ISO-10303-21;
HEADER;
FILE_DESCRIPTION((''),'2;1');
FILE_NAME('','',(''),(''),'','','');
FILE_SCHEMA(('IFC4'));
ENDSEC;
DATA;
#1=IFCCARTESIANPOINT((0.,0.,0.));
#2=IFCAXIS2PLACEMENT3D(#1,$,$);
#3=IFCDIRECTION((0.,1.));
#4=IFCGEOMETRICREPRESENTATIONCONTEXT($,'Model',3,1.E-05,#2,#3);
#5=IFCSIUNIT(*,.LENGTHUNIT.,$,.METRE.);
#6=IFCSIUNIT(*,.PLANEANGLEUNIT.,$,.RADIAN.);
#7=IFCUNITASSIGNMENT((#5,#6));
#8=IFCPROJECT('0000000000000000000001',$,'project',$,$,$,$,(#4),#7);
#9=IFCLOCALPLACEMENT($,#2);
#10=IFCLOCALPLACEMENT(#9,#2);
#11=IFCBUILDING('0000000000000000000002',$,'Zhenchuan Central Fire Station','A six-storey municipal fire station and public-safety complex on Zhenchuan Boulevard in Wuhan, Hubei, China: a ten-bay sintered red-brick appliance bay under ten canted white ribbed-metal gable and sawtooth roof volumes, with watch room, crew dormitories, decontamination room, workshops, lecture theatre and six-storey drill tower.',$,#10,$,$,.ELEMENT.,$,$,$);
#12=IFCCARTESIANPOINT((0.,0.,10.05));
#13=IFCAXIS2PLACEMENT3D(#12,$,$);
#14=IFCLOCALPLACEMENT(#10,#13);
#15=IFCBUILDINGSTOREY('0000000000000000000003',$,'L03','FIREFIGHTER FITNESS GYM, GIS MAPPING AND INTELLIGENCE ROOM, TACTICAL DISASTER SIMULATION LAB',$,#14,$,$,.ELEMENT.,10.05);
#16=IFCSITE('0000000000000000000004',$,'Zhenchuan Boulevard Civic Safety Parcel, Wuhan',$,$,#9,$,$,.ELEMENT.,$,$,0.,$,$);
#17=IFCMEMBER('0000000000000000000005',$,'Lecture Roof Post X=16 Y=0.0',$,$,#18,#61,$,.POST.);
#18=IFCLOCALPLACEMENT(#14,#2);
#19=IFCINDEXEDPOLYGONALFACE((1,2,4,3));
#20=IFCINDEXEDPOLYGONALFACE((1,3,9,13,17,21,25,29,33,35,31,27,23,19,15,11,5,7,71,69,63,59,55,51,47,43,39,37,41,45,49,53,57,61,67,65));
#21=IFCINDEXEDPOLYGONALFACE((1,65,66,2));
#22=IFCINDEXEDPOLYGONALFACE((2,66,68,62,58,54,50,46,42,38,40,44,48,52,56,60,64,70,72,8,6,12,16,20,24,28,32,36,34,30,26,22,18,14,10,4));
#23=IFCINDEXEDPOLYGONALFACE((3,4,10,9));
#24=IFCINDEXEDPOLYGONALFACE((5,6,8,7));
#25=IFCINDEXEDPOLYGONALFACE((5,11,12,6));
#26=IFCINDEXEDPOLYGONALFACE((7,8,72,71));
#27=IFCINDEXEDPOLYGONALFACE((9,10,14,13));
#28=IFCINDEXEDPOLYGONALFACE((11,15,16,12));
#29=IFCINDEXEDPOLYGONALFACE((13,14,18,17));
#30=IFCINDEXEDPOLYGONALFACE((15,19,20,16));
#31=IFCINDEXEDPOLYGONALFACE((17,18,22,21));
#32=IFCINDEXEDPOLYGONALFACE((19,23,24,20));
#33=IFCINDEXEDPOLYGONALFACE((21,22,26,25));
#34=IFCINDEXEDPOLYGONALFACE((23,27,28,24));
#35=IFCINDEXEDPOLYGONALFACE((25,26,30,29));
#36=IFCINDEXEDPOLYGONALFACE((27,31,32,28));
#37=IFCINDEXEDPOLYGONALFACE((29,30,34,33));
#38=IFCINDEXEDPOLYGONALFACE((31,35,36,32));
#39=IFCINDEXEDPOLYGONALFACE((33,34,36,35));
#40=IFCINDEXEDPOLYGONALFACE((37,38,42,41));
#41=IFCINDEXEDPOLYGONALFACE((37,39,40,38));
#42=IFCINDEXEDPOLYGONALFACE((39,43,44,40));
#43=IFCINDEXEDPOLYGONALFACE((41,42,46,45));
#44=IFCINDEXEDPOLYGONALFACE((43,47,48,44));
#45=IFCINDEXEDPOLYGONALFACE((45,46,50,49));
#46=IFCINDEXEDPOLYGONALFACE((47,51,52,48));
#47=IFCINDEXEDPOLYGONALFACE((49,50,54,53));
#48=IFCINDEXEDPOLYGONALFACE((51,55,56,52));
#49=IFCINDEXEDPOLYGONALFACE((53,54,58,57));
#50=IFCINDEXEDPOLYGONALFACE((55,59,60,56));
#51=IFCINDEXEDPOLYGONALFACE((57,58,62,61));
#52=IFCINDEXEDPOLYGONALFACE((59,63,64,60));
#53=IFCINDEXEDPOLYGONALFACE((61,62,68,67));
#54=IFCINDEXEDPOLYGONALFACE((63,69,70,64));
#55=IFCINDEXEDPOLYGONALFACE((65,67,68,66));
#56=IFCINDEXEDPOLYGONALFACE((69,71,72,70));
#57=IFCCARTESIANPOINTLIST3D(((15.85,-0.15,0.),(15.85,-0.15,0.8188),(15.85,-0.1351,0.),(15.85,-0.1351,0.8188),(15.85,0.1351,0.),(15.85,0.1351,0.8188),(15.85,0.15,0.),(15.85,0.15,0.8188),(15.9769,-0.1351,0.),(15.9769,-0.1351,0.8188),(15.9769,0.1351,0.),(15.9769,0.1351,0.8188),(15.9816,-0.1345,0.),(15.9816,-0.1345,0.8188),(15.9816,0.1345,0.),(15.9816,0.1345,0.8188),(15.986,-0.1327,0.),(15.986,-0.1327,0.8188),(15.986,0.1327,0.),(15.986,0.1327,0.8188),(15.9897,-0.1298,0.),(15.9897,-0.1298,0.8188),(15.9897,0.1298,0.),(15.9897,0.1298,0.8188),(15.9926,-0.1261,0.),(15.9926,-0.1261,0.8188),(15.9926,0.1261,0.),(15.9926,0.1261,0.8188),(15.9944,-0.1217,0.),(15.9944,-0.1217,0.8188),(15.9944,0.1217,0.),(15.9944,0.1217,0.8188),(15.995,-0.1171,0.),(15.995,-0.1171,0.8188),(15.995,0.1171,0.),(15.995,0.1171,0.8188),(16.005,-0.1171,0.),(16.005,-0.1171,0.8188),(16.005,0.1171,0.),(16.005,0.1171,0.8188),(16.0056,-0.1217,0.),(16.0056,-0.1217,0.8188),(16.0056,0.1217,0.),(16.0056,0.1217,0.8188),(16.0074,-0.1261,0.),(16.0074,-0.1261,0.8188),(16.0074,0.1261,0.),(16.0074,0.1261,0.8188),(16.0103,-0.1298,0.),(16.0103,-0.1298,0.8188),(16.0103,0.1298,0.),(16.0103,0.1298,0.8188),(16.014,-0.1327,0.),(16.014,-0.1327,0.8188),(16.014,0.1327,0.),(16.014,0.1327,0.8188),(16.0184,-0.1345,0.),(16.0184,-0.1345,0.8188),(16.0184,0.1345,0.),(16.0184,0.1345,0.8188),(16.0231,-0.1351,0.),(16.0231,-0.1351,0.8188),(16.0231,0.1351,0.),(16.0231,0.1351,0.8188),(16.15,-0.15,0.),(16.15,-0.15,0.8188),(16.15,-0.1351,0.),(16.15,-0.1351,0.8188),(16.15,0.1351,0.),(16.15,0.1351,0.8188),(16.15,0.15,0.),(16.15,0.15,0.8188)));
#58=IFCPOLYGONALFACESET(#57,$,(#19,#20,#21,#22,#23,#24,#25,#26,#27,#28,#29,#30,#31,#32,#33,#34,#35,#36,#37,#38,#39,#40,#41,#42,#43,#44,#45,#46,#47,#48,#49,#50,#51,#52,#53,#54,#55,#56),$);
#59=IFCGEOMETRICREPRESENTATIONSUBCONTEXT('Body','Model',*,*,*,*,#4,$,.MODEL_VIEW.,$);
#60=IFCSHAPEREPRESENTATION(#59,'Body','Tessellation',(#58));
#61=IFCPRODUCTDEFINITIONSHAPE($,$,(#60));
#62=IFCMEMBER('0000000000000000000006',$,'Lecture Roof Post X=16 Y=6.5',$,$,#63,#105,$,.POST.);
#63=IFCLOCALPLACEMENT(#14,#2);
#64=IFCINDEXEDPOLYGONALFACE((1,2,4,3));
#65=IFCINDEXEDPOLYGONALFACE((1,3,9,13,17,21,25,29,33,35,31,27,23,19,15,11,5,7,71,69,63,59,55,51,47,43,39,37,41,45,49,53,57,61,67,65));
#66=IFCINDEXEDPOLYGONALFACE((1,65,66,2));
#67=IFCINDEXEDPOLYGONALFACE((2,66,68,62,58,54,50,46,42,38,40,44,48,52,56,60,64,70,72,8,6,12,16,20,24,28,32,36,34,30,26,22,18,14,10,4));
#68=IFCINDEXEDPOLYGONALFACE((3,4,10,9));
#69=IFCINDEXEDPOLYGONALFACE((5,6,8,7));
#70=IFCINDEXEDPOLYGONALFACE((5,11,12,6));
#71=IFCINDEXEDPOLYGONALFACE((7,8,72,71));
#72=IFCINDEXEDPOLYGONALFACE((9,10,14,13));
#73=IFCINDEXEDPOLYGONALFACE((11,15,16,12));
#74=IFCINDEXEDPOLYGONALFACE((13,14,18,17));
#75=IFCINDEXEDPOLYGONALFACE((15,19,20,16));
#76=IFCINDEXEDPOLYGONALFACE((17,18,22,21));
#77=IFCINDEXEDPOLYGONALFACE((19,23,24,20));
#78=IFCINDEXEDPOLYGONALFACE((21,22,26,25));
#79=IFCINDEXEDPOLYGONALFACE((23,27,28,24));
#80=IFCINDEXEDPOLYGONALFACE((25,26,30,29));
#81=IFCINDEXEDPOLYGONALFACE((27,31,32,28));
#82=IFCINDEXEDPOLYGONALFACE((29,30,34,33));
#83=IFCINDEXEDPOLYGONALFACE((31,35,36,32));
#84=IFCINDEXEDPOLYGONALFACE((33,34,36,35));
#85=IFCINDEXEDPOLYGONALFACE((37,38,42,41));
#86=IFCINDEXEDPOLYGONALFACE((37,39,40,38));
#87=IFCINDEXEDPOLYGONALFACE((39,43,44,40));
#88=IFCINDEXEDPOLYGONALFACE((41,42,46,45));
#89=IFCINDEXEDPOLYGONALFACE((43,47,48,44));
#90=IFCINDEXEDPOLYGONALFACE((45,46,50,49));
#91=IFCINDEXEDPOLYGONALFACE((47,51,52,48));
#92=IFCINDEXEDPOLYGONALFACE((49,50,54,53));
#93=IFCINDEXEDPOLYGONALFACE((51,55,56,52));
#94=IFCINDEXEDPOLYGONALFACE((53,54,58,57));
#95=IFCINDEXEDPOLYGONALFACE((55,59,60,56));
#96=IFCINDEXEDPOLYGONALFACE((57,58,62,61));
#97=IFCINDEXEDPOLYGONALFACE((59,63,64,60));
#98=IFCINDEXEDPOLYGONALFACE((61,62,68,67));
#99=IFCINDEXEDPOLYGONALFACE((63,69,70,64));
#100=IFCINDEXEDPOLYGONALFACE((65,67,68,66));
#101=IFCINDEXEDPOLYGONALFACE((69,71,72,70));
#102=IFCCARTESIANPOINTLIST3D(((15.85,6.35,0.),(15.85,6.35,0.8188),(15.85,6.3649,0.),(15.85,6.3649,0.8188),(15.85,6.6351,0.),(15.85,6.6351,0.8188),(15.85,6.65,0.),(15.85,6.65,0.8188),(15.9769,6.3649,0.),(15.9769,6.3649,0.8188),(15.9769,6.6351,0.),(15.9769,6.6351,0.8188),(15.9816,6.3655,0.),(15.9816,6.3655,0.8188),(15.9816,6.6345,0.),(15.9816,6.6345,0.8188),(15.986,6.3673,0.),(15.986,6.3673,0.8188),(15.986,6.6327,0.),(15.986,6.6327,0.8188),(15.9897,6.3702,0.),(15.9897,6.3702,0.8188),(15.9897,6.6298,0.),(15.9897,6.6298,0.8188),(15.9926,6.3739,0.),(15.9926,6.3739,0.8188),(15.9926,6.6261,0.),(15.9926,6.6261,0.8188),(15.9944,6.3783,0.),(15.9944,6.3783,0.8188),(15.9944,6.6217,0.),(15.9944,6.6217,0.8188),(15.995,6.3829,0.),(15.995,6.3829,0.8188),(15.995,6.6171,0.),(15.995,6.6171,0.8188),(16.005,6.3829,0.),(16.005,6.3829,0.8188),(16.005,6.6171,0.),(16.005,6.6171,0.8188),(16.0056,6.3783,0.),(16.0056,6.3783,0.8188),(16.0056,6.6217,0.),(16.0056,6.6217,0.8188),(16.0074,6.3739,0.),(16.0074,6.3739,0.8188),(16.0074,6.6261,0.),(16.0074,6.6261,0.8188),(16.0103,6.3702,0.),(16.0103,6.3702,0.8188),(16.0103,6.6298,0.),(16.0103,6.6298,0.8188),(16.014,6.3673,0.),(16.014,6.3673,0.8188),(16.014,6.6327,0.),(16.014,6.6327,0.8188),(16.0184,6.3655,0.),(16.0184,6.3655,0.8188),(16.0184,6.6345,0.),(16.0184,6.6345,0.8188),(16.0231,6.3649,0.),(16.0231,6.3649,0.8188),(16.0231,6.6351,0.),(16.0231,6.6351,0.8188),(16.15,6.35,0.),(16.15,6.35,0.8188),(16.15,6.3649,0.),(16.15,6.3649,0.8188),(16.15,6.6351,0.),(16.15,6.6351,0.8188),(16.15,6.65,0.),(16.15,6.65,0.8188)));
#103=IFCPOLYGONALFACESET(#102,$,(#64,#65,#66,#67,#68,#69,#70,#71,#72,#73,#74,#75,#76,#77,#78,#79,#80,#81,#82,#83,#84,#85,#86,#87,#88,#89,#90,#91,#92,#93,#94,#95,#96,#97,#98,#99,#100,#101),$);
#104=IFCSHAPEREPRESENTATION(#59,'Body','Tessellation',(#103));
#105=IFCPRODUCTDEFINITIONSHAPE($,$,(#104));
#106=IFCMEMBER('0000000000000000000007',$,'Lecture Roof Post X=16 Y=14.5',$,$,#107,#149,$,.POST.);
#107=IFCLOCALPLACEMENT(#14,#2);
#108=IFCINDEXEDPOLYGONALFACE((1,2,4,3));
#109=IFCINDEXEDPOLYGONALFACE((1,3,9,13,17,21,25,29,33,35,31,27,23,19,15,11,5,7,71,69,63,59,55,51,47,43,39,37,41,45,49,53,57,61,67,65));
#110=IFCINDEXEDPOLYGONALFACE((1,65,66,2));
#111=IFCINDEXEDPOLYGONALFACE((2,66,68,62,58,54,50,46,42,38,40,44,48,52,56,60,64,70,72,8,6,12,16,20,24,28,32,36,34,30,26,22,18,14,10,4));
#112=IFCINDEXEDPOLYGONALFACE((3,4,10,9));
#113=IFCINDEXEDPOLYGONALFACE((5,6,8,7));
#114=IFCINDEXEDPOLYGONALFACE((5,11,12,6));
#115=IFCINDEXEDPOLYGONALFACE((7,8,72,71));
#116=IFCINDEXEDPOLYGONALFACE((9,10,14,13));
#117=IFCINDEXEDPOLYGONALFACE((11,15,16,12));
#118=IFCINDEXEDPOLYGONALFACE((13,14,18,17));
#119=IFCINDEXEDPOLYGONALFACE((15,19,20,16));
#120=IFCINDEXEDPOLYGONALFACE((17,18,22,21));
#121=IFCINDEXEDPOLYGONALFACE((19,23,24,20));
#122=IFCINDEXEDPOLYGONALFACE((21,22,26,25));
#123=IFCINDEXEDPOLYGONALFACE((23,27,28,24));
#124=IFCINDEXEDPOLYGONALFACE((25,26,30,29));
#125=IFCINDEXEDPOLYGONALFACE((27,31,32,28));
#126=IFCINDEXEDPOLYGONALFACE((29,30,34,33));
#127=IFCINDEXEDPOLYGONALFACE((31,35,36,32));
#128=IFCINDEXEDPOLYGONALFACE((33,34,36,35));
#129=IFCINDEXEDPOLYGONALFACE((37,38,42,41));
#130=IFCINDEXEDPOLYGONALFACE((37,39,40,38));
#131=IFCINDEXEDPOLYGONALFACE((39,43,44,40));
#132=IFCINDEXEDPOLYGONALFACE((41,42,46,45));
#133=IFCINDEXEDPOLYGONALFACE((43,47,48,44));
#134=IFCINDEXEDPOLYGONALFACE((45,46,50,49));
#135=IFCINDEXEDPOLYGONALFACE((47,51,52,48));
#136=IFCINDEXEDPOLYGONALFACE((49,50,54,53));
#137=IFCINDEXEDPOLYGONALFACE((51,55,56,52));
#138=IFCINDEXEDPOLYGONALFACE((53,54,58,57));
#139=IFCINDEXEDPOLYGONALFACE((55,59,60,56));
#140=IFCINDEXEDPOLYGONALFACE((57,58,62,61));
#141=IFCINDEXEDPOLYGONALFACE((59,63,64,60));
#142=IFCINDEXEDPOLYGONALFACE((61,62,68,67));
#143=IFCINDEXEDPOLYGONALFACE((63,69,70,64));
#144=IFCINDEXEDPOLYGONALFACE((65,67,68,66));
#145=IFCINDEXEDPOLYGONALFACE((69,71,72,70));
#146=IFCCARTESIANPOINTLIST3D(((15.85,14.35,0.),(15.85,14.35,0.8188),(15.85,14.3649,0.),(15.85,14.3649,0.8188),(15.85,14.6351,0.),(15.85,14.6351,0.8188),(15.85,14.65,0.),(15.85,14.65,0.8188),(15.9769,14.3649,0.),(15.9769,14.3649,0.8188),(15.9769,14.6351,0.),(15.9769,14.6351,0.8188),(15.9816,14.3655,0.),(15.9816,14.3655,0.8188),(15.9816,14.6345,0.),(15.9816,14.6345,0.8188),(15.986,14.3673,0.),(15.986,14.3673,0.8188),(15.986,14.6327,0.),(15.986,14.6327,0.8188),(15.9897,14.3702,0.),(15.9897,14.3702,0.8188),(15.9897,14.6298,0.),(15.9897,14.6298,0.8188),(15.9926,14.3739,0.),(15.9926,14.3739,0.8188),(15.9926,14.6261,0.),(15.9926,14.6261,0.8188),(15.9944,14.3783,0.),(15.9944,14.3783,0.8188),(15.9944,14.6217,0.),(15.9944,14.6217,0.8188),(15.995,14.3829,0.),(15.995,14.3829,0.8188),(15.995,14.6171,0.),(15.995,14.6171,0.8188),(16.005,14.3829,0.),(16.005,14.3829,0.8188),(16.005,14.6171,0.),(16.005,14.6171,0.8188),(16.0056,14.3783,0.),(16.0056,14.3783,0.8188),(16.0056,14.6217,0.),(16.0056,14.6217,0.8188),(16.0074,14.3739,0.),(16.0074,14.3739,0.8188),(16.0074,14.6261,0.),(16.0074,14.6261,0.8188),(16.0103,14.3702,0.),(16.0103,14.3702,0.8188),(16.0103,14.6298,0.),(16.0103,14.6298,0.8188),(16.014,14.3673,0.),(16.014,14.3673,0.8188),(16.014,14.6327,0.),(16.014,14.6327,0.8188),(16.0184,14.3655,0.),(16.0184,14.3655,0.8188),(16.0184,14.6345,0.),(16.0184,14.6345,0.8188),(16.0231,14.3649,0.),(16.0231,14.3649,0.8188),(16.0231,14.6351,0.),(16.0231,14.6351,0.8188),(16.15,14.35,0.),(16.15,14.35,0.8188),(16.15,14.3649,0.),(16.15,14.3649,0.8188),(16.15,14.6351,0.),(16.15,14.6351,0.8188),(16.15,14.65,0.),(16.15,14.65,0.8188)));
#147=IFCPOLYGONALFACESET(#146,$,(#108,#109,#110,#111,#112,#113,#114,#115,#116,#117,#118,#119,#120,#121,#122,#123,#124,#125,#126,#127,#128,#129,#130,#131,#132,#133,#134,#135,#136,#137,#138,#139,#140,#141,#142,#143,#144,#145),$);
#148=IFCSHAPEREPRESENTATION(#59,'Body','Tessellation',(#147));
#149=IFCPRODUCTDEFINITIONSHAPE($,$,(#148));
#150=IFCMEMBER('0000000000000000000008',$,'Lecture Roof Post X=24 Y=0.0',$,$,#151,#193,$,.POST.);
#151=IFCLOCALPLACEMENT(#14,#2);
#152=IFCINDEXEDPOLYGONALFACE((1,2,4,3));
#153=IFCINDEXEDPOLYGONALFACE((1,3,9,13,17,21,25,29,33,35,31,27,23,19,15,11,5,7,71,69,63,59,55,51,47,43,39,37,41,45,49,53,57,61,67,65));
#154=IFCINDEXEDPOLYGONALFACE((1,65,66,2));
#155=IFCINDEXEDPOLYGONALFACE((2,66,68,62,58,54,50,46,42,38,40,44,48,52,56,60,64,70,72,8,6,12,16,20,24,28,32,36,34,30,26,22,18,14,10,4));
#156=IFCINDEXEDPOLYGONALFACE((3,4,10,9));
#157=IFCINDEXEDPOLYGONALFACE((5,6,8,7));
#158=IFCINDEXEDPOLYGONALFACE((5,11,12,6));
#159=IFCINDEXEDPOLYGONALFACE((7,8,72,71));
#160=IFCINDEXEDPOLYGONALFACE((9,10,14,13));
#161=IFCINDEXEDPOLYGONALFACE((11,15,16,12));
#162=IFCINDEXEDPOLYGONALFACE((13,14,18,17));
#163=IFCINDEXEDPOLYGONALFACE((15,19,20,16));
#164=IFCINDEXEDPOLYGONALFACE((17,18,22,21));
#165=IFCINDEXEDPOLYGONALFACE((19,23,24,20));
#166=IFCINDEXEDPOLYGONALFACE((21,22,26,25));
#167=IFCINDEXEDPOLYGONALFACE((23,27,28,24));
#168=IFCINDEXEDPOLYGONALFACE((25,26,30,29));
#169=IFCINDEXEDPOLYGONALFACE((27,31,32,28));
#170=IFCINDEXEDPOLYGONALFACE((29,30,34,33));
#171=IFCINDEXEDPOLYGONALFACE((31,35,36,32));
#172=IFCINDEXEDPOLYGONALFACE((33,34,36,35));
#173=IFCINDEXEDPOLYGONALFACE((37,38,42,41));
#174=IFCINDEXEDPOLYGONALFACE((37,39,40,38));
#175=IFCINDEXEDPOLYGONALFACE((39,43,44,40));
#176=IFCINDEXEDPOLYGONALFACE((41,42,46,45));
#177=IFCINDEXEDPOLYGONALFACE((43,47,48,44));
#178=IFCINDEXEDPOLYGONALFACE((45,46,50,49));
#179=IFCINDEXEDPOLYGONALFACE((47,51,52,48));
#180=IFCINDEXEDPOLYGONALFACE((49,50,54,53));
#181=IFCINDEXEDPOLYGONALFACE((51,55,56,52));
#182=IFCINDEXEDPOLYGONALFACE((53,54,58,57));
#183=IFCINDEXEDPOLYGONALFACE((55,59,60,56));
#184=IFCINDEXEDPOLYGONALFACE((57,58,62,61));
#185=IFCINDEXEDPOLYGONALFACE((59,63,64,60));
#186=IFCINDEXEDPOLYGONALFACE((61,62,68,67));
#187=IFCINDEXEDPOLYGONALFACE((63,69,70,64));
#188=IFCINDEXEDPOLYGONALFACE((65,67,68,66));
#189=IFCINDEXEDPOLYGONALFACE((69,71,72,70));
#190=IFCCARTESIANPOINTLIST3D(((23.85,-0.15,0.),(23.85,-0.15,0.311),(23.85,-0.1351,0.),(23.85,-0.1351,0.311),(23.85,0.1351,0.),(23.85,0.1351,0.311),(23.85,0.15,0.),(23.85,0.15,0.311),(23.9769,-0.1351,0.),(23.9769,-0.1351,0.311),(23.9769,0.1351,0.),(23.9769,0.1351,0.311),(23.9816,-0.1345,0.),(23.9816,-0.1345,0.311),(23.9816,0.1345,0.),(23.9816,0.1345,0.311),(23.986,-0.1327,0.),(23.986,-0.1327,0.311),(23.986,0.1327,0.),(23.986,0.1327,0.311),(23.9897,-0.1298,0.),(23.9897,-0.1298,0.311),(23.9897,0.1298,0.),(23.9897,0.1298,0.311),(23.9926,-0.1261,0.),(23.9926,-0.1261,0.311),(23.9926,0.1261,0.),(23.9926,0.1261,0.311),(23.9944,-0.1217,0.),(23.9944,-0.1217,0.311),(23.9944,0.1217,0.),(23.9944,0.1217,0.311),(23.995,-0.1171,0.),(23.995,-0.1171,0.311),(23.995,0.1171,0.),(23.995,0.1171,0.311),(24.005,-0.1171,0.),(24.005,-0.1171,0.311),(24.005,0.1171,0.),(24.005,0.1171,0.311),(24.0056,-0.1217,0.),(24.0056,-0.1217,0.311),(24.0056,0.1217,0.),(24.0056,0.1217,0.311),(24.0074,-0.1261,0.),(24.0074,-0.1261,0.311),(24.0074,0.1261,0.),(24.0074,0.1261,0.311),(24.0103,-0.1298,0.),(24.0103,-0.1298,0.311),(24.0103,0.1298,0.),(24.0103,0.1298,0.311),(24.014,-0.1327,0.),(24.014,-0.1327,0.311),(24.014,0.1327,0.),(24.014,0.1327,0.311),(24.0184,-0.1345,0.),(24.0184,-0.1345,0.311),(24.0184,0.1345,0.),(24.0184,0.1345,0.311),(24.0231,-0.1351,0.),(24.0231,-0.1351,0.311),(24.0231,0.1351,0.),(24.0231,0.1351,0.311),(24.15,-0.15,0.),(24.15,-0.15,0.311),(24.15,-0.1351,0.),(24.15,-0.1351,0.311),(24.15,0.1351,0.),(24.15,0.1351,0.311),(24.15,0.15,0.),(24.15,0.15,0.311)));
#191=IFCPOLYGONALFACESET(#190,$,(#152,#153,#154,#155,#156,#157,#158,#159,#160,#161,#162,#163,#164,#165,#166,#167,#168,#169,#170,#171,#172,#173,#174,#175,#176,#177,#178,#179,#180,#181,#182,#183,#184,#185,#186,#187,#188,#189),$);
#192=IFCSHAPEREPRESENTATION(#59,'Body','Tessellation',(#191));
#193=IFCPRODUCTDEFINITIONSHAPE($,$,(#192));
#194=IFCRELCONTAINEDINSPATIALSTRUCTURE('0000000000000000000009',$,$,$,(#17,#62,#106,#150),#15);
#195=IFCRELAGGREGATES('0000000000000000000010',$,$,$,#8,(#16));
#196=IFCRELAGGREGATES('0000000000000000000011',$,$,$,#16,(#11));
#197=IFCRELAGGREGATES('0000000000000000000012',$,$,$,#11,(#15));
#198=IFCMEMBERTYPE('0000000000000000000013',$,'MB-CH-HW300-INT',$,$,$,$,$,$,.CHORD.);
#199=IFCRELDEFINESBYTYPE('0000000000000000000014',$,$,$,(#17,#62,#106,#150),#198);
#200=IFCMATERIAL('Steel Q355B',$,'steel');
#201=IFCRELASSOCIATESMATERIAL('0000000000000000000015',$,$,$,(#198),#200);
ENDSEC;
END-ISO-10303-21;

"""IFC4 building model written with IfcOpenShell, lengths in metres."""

from ifc_helpers import new_model, si_unit, direction, frame, origin, origin_2d, place, context, subcontext, project, spatial, i_section, extrude, material, material_profile, profile_set, type_object, element, save


model = new_model("IFC4")

# Units and contexts
model_context = context("Model", 3, precision=1e-05, world=origin(), true_north=direction((0.0, 1.0)))
body_context = subcontext(model_context, "Body", "Model", "MODEL_VIEW")
ifc_project = project(units=[si_unit("LENGTHUNIT", "METRE"), si_unit("PLANEANGLEUNIT", "RADIAN")], contexts=[model_context])

# Site, building, storey
site_placement = place(None, origin())
site = spatial("IfcSite", under=ifc_project, at=site_placement, Name="Zhenchuan Boulevard Civic Safety Parcel, Wuhan", CompositionType="ELEMENT", RefElevation=0.0)
building_placement = place(site_placement, origin())
building = spatial("IfcBuilding", under=site, at=building_placement, Name="Zhenchuan Central Fire Station", Description="A six-storey municipal fire station and public-safety complex on Zhenchuan Boulevard in Wuhan, Hubei, China: a ten-bay sintered red-brick appliance bay under ten canted white ribbed-metal gable and sawtooth roof volumes, with watch room, crew dormitories, decontamination room, workshops, lecture theatre and six-storey drill tower.", CompositionType="ELEMENT")
storey_placement = place(building_placement, frame((0.0, 0.0, 10.05)))
storey = spatial("IfcBuildingStorey", under=building, at=storey_placement, Name="L03", Description="FIREFIGHTER FITNESS GYM, GIS MAPPING AND INTELLIGENCE ROOM, TACTICAL DISASTER SIMULATION LAB", CompositionType="ELEMENT", Elevation=10.05)

# Shared definitions
ifc_material = material(Name="Steel Q355B", Category="steel")

# Members
ifc_material_profile_1 = material_profile(ifc_material, i_section(OverallWidth=0.3, OverallDepth=0.3, WebThickness=0.01, FlangeThickness=0.0149, FilletRadius=0.0181, at=origin_2d()), Name="HW 300x300")
ifc_profile_set_1 = profile_set([ifc_material_profile_1], Name="Steel Q355B")
member_type_1 = type_object("IfcMemberType", Name="MB-CH-HW300-INT", PredefinedType="CHORD", material=ifc_profile_set_1)
for number, where, z_axis, x_axis, name in (
    (1, (16.0, 0.0, 0.0), (0.0, 0.0, 1.0), (1.0, 0.0, 0.0), "Lecture Roof Post X=16 Y=0.0"),
    (2, (16.0, 6.5, 0.0), (0.0, 0.0, 1.0), (1.0, 0.0, 0.0), "Lecture Roof Post X=16 Y=6.5"),
    (3, (16.0, 14.5, 0.0), (0.0, 0.0, 1.0), (1.0, 0.0, 0.0), "Lecture Roof Post X=16 Y=14.5"),
):
    element("IfcMember", number, at=place(storey_placement, frame(where, z_axis=z_axis, x_axis=x_axis)), inside=storey, type_object=member_type_1, Name=name, PredefinedType="POST", context=body_context, shape_type="SweptSolid", body=[
        extrude(i_section(OverallWidth=0.3, OverallDepth=0.3, WebThickness=0.01, FlangeThickness=0.0149, FilletRadius=0.0181, at=origin_2d()), origin(), (0.0, 0.0, 1.0), 0.8188),
    ])
for number, where, z_axis, x_axis, name in (
    (4, (24.0, 0.0, 0.0), (0.0, 0.0, 1.0), (1.0, 0.0, 0.0), "Lecture Roof Post X=24 Y=0.0"),
):
    element("IfcMember", number, at=place(storey_placement, frame(where, z_axis=z_axis, x_axis=x_axis)), inside=storey, type_object=member_type_1, Name=name, PredefinedType="POST", context=body_context, shape_type="SweptSolid", body=[
        extrude(i_section(OverallWidth=0.3, OverallDepth=0.3, WebThickness=0.01, FlangeThickness=0.0149, FilletRadius=0.0181, at=origin_2d()), origin(), (0.0, 0.0, 1.0), 0.311),
    ])

save(model, "model.ifc")
